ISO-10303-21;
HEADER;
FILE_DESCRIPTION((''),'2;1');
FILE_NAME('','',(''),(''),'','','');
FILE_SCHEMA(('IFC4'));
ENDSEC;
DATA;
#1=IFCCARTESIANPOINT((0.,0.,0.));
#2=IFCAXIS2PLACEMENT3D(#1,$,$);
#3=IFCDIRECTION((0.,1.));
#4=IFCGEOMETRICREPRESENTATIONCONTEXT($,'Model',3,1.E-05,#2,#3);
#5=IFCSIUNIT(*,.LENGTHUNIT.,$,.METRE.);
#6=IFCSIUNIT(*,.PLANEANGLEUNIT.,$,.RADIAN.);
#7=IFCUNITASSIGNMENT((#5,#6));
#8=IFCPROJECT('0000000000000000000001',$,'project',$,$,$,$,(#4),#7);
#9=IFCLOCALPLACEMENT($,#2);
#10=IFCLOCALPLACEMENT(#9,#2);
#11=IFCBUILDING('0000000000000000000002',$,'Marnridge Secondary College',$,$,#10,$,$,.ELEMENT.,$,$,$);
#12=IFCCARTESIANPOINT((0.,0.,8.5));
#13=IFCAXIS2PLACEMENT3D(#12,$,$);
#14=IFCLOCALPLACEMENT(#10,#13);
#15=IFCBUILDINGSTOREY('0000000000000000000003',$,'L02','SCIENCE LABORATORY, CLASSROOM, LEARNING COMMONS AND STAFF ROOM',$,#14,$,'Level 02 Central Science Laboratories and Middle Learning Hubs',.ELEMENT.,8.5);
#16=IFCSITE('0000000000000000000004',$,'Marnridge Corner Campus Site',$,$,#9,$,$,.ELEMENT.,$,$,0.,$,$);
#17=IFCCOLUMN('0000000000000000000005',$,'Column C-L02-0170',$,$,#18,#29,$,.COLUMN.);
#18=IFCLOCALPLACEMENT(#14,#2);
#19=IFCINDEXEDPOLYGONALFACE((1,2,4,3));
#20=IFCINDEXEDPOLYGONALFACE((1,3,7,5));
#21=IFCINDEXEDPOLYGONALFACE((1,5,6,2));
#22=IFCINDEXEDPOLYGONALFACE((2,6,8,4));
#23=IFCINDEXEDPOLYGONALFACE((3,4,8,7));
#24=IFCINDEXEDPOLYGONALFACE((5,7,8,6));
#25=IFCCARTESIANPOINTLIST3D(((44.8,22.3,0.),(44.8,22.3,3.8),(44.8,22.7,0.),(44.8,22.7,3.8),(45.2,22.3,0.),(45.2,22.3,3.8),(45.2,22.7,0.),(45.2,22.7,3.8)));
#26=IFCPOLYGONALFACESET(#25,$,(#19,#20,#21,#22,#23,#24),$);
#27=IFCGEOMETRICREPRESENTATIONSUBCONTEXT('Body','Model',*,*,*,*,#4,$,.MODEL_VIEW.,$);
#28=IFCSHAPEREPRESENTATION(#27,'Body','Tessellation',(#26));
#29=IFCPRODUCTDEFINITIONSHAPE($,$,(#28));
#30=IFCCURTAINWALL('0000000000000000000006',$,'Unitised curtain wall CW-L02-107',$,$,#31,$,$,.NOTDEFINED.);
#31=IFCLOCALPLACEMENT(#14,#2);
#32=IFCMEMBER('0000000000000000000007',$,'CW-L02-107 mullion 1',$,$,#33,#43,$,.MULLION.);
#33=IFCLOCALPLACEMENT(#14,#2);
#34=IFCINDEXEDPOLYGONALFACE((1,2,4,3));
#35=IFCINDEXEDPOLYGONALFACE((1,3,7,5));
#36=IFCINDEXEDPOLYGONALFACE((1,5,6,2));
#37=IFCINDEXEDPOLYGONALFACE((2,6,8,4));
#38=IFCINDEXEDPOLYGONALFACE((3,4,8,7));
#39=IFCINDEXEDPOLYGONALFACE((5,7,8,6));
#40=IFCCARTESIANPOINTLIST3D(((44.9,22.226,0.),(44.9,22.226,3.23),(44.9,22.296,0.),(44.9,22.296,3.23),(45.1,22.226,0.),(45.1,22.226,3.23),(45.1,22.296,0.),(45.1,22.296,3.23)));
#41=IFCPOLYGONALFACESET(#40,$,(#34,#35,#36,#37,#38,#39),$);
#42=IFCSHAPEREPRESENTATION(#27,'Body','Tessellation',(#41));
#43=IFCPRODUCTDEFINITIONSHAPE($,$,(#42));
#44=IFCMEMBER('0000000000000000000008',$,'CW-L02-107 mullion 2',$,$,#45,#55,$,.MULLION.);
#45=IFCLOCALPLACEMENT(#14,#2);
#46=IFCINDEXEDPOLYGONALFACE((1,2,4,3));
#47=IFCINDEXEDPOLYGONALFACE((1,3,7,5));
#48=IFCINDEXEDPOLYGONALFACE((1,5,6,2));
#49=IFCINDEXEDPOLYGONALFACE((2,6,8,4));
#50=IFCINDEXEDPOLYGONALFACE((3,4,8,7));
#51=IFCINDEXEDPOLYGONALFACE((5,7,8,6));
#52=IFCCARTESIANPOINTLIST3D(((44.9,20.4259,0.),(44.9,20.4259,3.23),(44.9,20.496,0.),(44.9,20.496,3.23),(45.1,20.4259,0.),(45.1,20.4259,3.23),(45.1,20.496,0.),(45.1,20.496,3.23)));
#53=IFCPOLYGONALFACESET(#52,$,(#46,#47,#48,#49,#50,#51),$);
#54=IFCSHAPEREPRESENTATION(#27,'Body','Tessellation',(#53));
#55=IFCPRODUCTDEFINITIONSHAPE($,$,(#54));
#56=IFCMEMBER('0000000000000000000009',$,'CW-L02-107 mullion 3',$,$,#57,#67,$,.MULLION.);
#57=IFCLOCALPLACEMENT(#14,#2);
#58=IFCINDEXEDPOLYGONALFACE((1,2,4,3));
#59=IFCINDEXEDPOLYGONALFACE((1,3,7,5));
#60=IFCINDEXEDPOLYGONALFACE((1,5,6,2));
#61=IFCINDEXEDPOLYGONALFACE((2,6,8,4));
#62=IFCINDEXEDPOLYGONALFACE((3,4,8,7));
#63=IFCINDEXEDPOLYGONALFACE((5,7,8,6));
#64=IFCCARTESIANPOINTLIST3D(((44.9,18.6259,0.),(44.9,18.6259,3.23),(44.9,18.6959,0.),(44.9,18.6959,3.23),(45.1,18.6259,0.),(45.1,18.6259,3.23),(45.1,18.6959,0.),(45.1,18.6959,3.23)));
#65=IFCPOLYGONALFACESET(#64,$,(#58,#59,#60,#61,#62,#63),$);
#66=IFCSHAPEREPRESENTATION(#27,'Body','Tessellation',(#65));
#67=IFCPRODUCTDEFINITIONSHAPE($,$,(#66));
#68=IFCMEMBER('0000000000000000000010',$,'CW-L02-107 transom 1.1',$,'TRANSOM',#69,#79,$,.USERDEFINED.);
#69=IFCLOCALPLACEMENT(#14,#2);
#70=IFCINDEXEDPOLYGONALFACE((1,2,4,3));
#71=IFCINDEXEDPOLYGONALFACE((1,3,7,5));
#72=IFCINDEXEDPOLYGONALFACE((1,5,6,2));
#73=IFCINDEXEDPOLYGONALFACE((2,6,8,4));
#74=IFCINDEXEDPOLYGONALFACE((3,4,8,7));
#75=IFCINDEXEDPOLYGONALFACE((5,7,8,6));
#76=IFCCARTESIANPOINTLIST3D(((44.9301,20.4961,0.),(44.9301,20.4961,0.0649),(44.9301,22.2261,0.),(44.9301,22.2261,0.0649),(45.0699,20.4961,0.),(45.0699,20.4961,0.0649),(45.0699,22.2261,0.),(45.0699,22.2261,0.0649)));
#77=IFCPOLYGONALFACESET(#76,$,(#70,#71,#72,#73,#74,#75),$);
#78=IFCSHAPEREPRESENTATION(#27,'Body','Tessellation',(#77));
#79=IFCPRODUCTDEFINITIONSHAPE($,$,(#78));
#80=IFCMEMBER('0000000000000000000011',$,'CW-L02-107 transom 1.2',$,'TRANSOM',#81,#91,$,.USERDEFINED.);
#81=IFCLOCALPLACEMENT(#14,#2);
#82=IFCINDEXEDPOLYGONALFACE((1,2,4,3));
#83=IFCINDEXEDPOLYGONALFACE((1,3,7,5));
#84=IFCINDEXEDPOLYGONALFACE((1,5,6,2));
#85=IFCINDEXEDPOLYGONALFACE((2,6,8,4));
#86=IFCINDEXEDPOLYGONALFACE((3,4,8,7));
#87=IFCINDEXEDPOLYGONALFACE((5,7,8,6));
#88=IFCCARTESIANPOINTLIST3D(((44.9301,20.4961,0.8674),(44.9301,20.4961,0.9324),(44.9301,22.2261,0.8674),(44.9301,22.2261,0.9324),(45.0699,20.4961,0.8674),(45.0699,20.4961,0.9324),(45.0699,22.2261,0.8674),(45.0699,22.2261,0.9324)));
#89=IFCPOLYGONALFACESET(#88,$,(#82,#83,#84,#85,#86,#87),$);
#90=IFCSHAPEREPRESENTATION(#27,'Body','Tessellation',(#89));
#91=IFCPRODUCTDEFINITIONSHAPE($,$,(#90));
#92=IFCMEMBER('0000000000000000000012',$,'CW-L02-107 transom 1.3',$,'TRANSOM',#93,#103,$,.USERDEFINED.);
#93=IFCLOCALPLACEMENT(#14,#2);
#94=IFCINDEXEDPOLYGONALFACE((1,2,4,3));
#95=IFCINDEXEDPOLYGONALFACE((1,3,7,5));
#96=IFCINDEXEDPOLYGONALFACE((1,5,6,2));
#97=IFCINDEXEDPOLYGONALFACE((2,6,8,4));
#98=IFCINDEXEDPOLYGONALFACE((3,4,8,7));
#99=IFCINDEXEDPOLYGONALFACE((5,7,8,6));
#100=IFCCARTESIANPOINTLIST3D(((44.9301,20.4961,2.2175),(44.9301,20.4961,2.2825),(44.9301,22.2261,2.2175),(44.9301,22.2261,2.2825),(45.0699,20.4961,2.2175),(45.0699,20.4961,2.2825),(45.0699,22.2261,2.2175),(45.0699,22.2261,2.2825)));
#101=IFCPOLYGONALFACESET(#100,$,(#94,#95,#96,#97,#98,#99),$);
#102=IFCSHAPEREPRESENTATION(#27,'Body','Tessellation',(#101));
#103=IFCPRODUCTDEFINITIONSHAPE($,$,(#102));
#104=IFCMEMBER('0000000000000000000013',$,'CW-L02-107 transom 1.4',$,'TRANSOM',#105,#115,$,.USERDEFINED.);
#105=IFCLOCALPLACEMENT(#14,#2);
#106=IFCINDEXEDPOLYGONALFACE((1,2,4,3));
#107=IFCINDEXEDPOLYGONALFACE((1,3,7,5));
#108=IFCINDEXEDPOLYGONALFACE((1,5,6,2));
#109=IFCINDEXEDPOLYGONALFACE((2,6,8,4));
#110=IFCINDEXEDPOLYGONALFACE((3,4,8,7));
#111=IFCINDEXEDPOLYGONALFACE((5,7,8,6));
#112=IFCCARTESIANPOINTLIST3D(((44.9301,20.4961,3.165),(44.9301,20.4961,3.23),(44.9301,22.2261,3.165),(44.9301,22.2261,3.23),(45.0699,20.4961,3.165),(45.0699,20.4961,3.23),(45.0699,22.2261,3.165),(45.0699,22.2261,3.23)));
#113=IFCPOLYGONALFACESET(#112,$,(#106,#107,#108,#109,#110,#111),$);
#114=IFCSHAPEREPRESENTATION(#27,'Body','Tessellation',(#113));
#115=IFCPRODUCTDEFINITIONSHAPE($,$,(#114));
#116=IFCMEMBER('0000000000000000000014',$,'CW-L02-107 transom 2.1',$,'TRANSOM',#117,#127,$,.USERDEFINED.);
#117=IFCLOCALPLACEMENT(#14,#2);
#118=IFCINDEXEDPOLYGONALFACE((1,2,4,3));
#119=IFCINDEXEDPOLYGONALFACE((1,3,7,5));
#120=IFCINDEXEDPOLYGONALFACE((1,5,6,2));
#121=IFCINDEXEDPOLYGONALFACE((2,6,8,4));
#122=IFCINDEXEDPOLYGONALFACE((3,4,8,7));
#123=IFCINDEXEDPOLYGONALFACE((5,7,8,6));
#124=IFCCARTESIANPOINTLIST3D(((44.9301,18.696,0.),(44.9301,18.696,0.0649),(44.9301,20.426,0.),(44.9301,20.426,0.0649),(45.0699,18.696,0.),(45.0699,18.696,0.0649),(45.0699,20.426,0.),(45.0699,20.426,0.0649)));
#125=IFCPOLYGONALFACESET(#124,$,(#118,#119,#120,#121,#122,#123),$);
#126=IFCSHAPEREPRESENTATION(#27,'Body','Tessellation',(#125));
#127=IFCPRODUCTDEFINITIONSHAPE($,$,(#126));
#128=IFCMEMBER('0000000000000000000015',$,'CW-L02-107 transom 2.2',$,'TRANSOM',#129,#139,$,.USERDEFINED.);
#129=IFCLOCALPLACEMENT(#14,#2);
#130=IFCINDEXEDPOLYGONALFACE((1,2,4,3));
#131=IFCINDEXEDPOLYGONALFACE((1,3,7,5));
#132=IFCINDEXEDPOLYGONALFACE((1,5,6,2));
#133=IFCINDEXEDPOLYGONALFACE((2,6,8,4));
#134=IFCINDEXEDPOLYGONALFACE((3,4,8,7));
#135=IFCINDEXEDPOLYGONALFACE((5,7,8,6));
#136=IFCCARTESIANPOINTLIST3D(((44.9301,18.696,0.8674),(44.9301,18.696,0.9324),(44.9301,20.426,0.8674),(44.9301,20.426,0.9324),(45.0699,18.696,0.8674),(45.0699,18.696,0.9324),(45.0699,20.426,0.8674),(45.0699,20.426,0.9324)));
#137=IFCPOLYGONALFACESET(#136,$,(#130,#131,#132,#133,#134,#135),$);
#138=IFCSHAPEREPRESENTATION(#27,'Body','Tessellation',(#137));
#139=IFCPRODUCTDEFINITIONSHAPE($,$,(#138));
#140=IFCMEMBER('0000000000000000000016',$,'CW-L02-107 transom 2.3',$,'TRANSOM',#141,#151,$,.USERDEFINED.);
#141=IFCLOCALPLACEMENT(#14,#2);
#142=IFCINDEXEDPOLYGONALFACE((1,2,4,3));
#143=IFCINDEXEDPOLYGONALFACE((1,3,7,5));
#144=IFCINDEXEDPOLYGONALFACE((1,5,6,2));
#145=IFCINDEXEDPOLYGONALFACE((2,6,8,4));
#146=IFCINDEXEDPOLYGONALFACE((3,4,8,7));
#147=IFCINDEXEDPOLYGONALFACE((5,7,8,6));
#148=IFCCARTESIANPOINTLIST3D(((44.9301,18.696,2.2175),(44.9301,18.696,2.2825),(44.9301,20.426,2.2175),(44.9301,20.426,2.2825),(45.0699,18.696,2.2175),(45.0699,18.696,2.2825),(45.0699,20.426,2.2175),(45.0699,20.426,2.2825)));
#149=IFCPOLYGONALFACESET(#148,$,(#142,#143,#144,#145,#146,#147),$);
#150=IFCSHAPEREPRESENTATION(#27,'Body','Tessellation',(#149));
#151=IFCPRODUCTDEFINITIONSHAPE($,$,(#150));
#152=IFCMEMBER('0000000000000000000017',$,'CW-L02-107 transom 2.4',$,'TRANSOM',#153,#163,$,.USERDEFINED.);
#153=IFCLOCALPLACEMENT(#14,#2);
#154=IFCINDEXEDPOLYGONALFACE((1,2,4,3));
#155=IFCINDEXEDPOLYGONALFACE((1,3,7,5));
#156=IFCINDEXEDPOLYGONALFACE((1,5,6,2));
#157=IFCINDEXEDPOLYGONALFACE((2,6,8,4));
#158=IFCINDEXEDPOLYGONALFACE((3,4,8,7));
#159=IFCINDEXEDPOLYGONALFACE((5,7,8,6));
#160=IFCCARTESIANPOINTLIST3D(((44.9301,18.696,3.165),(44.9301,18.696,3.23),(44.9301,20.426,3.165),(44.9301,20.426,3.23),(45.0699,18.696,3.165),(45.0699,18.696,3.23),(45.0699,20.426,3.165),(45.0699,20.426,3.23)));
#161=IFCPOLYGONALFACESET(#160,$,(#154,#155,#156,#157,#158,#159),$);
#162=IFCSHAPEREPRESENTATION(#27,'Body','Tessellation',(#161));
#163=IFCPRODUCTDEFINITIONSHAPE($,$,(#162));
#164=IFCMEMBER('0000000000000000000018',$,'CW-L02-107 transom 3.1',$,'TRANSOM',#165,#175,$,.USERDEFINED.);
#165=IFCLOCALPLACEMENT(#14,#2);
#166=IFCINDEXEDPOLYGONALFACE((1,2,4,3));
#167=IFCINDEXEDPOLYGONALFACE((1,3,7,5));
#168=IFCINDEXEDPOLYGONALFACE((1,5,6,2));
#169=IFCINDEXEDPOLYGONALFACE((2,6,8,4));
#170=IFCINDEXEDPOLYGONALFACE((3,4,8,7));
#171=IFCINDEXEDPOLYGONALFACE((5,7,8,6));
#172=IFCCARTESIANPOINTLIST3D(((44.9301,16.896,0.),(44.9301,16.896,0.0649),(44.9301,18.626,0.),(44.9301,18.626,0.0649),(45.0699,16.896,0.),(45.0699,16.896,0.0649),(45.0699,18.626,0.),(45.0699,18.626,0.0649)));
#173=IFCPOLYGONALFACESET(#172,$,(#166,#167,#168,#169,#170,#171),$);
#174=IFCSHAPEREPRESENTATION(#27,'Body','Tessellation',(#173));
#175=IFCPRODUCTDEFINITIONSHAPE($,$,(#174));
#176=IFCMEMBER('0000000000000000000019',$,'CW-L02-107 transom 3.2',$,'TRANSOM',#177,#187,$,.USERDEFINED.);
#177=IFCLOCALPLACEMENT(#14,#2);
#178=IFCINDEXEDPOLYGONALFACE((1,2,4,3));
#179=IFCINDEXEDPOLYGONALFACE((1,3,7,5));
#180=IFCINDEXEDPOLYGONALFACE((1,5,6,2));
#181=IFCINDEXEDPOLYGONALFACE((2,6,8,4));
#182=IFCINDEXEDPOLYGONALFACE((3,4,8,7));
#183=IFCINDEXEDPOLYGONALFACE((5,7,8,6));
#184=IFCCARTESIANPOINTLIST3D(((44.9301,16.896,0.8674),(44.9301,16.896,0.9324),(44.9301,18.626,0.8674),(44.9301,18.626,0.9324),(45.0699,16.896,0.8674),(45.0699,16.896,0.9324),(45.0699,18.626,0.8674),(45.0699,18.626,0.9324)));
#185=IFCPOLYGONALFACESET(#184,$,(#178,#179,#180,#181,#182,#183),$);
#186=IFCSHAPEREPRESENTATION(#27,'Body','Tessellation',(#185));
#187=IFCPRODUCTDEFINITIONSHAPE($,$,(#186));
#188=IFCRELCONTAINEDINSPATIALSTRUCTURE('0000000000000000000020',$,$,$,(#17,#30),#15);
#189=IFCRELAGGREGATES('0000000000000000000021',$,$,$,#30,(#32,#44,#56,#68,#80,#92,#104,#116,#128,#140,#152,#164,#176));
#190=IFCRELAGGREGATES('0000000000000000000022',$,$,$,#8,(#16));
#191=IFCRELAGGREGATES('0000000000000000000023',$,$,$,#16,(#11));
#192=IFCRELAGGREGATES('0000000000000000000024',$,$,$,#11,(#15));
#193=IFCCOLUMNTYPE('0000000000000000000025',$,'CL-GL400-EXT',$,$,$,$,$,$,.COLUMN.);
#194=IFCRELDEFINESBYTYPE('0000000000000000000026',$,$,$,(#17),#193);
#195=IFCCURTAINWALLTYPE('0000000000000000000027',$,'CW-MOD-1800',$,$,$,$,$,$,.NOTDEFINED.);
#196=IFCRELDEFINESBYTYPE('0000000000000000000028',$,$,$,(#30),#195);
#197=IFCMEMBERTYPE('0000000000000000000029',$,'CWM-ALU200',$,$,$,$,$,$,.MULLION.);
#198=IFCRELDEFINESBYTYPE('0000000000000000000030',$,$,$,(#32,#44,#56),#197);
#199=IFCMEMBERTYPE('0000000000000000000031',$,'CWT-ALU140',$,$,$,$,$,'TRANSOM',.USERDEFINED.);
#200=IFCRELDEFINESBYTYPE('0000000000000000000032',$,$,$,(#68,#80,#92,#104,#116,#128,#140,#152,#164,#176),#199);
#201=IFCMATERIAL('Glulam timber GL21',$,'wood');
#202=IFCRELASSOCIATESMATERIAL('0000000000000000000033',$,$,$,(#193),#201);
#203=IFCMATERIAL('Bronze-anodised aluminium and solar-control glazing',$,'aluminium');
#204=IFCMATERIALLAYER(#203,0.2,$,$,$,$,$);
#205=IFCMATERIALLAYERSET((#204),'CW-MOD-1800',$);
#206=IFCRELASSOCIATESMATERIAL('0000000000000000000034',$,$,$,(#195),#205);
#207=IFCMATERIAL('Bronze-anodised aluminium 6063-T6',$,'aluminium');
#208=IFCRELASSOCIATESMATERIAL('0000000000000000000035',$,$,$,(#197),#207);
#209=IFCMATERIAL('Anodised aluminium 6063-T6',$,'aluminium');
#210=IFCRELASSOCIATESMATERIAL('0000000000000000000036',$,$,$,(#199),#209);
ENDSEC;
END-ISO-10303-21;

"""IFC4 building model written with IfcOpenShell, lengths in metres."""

from ifc_helpers import new_model, si_unit, direction, frame, origin, origin_2d, place, context, subcontext, project, spatial, rectangle, extrude, material, layer, layer_set, material_profile, profile_set, type_object, element, aggregate, save


model = new_model("IFC4")

# Units and contexts
model_context = context("Model", 3, precision=1e-05, world=origin(), true_north=direction((0.0, 1.0)))
body_context = subcontext(model_context, "Body", "Model", "MODEL_VIEW")
ifc_project = project(units=[si_unit("LENGTHUNIT", "METRE"), si_unit("PLANEANGLEUNIT", "RADIAN")], contexts=[model_context])

# Site, building, storey
site_placement = place(None, origin())
site = spatial("IfcSite", under=ifc_project, at=site_placement, Name="Marnridge Corner Campus Site", CompositionType="ELEMENT", RefElevation=0.0)
building_placement = place(site_placement, origin())
building = spatial("IfcBuilding", under=site, at=building_placement, Name="Marnridge Secondary College", CompositionType="ELEMENT")
storey_placement = place(building_placement, frame((0.0, 0.0, 8.5)))
storey = spatial("IfcBuildingStorey", under=building, at=storey_placement, Name="L02", Description="SCIENCE LABORATORY, CLASSROOM, LEARNING COMMONS AND STAFF ROOM", LongName="Level 02 Central Science Laboratories and Middle Learning Hubs", CompositionType="ELEMENT", Elevation=8.5)

# Column
ifc_material_1 = material(Name="Glulam timber GL21", Category="wood")
ifc_material_profile_1 = material_profile(ifc_material_1, rectangle(XDim=0.3999, YDim=0.3999, at=origin_2d()), Name="GL21 400x400")
ifc_profile_set_1 = profile_set([ifc_material_profile_1], Name="Glulam timber GL21")
column_type = type_object("IfcColumnType", Name="CL-GL400-EXT", PredefinedType="COLUMN", material=ifc_profile_set_1)
column_placement = place(storey_placement, frame((45.0, 22.5, 0.0), z_axis=(0.0, 0.0, 1.0), x_axis=(1.0, 0.0, 0.0)))
element("IfcColumn", 1, at=column_placement, inside=storey, type_object=column_type, Name="Column C-L02-0170", PredefinedType="COLUMN", context=body_context, shape_type="SweptSolid", body=[
    extrude(rectangle(XDim=0.3999, YDim=0.3999, at=origin_2d()), origin(), (0.0, 0.0, 1.0), 3.8),
])

# Curtain wall, members
ifc_material_2 = material(Name="Bronze-anodised aluminium and solar-control glazing", Category="aluminium")
ifc_layer_1 = layer(ifc_material_2, 0.2)
ifc_layer_set_1 = layer_set([ifc_layer_1], Name="CW-MOD-1800")
curtain_wall_type = type_object("IfcCurtainWallType", Name="CW-MOD-1800", PredefinedType="NOTDEFINED", material=ifc_layer_set_1)
curtain_wall_placement = place(storey_placement, origin())
curtain_wall = element("IfcCurtainWall", 2, at=curtain_wall_placement, inside=storey, type_object=curtain_wall_type, Name="Unitised curtain wall CW-L02-107", PredefinedType="NOTDEFINED")
ifc_material_3 = material(Name="Bronze-anodised aluminium 6063-T6", Category="aluminium")
ifc_material_profile_2 = material_profile(ifc_material_3, rectangle(XDim=0.0701, YDim=0.2, at=origin_2d()), Name="ALU 70x200")
ifc_profile_set_2 = profile_set([ifc_material_profile_2], Name="Bronze-anodised aluminium 6063-T6")
member_type_1 = type_object("IfcMemberType", Name="CWM-ALU200", PredefinedType="MULLION", material=ifc_profile_set_2)
member_1_placement = place(storey_placement, frame((45.0, 22.261, 0.0), z_axis=(0.0, 0.0, 1.0), x_axis=(0.0, -1.0, 0.0)))
member_1 = element("IfcMember", 3, at=member_1_placement, type_object=member_type_1, Name="CW-L02-107 mullion 1", PredefinedType="MULLION", context=body_context, shape_type="SweptSolid", body=[
    extrude(rectangle(XDim=0.0701, YDim=0.2, at=origin_2d()), origin(), (0.0, 0.0, 1.0), 3.23),
])
member_2_placement = place(storey_placement, frame((45.0, 20.4609, 0.0), z_axis=(0.0, 0.0, 1.0), x_axis=(0.0, -1.0, 0.0)))
member_2 = element("IfcMember", 4, at=member_2_placement, type_object=member_type_1, Name="CW-L02-107 mullion 2", PredefinedType="MULLION", context=body_context, shape_type="SweptSolid", body=[
    extrude(rectangle(XDim=0.0701, YDim=0.2, at=origin_2d()), origin(), (0.0, 0.0, 1.0), 3.23),
])
member_3_placement = place(storey_placement, frame((45.0, 18.6609, 0.0), z_axis=(0.0, 0.0, 1.0), x_axis=(0.0, -1.0, 0.0)))
member_3 = element("IfcMember", 5, at=member_3_placement, type_object=member_type_1, Name="CW-L02-107 mullion 3", PredefinedType="MULLION", context=body_context, shape_type="SweptSolid", body=[
    extrude(rectangle(XDim=0.0701, YDim=0.2, at=origin_2d()), origin(), (0.0, 0.0, 1.0), 3.23),
])
ifc_material_4 = material(Name="Anodised aluminium 6063-T6", Category="aluminium")
ifc_material_profile_3 = material_profile(ifc_material_4, rectangle(XDim=0.0649, YDim=0.1399, at=origin_2d()), Name="ALU 65x140")
ifc_profile_set_3 = profile_set([ifc_material_profile_3], Name="Anodised aluminium 6063-T6")
member_type_2 = type_object("IfcMemberType", Name="CWT-ALU140", ElementType="TRANSOM", PredefinedType="USERDEFINED", material=ifc_profile_set_3)
member_4_placement = place(storey_placement, frame((45.0, 22.2261, 0.0325), z_axis=(0.0, -1.0, 0.0), x_axis=(0.0, 0.0, 1.0)))
member_4 = element("IfcMember", 6, at=member_4_placement, type_object=member_type_2, Name="CW-L02-107 transom 1.1", ObjectType="TRANSOM", PredefinedType="USERDEFINED", context=body_context, shape_type="SweptSolid", body=[
    extrude(rectangle(XDim=0.0649, YDim=0.1399, at=origin_2d()), origin(), (0.0, 0.0, 1.0), 1.73),
])
member_5_placement = place(storey_placement, frame((45.0, 22.2261, 0.8999), z_axis=(0.0, -1.0, 0.0), x_axis=(0.0, 0.0, 1.0)))
member_5 = element("IfcMember", 7, at=member_5_placement, type_object=member_type_2, Name="CW-L02-107 transom 1.2", ObjectType="TRANSOM", PredefinedType="USERDEFINED", context=body_context, shape_type="SweptSolid", body=[
    extrude(rectangle(XDim=0.0649, YDim=0.1399, at=origin_2d()), origin(), (0.0, 0.0, 1.0), 1.73),
])
member_6_placement = place(storey_placement, frame((45.0, 22.2261, 2.25), z_axis=(0.0, -1.0, 0.0), x_axis=(0.0, 0.0, 1.0)))
member_6 = element("IfcMember", 8, at=member_6_placement, type_object=member_type_2, Name="CW-L02-107 transom 1.3", ObjectType="TRANSOM", PredefinedType="USERDEFINED", context=body_context, shape_type="SweptSolid", body=[
    extrude(rectangle(XDim=0.0649, YDim=0.1399, at=origin_2d()), origin(), (0.0, 0.0, 1.0), 1.73),
])
member_7_placement = place(storey_placement, frame((45.0, 22.2261, 3.1975), z_axis=(0.0, -1.0, 0.0), x_axis=(0.0, 0.0, 1.0)))
member_7 = element("IfcMember", 9, at=member_7_placement, type_object=member_type_2, Name="CW-L02-107 transom 1.4", ObjectType="TRANSOM", PredefinedType="USERDEFINED", context=body_context, shape_type="SweptSolid", body=[
    extrude(rectangle(XDim=0.0649, YDim=0.1399, at=origin_2d()), origin(), (0.0, 0.0, 1.0), 1.73),
])
member_8_placement = place(storey_placement, frame((45.0, 20.426, 0.0325), z_axis=(0.0, -1.0, 0.0), x_axis=(0.0, 0.0, 1.0)))
member_8 = element("IfcMember", 10, at=member_8_placement, type_object=member_type_2, Name="CW-L02-107 transom 2.1", ObjectType="TRANSOM", PredefinedType="USERDEFINED", context=body_context, shape_type="SweptSolid", body=[
    extrude(rectangle(XDim=0.0649, YDim=0.1399, at=origin_2d()), origin(), (0.0, 0.0, 1.0), 1.73),
])
member_9_placement = place(storey_placement, frame((45.0, 20.426, 0.8999), z_axis=(0.0, -1.0, 0.0), x_axis=(0.0, 0.0, 1.0)))
member_9 = element("IfcMember", 11, at=member_9_placement, type_object=member_type_2, Name="CW-L02-107 transom 2.2", ObjectType="TRANSOM", PredefinedType="USERDEFINED", context=body_context, shape_type="SweptSolid", body=[
    extrude(rectangle(XDim=0.0649, YDim=0.1399, at=origin_2d()), origin(), (0.0, 0.0, 1.0), 1.73),
])
member_10_placement = place(storey_placement, frame((45.0, 20.426, 2.25), z_axis=(0.0, -1.0, 0.0), x_axis=(0.0, 0.0, 1.0)))
member_10 = element("IfcMember", 12, at=member_10_placement, type_object=member_type_2, Name="CW-L02-107 transom 2.3", ObjectType="TRANSOM", PredefinedType="USERDEFINED", context=body_context, shape_type="SweptSolid", body=[
    extrude(rectangle(XDim=0.0649, YDim=0.1399, at=origin_2d()), origin(), (0.0, 0.0, 1.0), 1.73),
])
member_11_placement = place(storey_placement, frame((45.0, 20.426, 3.1975), z_axis=(0.0, -1.0, 0.0), x_axis=(0.0, 0.0, 1.0)))
member_11 = element("IfcMember", 13, at=member_11_placement, type_object=member_type_2, Name="CW-L02-107 transom 2.4", ObjectType="TRANSOM", PredefinedType="USERDEFINED", context=body_context, shape_type="SweptSolid", body=[
    extrude(rectangle(XDim=0.0649, YDim=0.1399, at=origin_2d()), origin(), (0.0, 0.0, 1.0), 1.73),
])
member_12_placement = place(storey_placement, frame((45.0, 18.626, 0.0325), z_axis=(0.0, -1.0, 0.0), x_axis=(0.0, 0.0, 1.0)))
member_12 = element("IfcMember", 14, at=member_12_placement, type_object=member_type_2, Name="CW-L02-107 transom 3.1", ObjectType="TRANSOM", PredefinedType="USERDEFINED", context=body_context, shape_type="SweptSolid", body=[
    extrude(rectangle(XDim=0.0649, YDim=0.1399, at=origin_2d()), origin(), (0.0, 0.0, 1.0), 1.73),
])
member_13_placement = place(storey_placement, frame((45.0, 18.626, 0.8999), z_axis=(0.0, -1.0, 0.0), x_axis=(0.0, 0.0, 1.0)))
member_13 = element("IfcMember", 15, at=member_13_placement, type_object=member_type_2, Name="CW-L02-107 transom 3.2", ObjectType="TRANSOM", PredefinedType="USERDEFINED", context=body_context, shape_type="SweptSolid", body=[
    extrude(rectangle(XDim=0.0649, YDim=0.1399, at=origin_2d()), origin(), (0.0, 0.0, 1.0), 1.73),
])
aggregate(curtain_wall, [member_1, member_2, member_3, member_4, member_5, member_6, member_7, member_8, member_9, member_10, member_11, member_12, member_13])

save(model, "model.ifc")
